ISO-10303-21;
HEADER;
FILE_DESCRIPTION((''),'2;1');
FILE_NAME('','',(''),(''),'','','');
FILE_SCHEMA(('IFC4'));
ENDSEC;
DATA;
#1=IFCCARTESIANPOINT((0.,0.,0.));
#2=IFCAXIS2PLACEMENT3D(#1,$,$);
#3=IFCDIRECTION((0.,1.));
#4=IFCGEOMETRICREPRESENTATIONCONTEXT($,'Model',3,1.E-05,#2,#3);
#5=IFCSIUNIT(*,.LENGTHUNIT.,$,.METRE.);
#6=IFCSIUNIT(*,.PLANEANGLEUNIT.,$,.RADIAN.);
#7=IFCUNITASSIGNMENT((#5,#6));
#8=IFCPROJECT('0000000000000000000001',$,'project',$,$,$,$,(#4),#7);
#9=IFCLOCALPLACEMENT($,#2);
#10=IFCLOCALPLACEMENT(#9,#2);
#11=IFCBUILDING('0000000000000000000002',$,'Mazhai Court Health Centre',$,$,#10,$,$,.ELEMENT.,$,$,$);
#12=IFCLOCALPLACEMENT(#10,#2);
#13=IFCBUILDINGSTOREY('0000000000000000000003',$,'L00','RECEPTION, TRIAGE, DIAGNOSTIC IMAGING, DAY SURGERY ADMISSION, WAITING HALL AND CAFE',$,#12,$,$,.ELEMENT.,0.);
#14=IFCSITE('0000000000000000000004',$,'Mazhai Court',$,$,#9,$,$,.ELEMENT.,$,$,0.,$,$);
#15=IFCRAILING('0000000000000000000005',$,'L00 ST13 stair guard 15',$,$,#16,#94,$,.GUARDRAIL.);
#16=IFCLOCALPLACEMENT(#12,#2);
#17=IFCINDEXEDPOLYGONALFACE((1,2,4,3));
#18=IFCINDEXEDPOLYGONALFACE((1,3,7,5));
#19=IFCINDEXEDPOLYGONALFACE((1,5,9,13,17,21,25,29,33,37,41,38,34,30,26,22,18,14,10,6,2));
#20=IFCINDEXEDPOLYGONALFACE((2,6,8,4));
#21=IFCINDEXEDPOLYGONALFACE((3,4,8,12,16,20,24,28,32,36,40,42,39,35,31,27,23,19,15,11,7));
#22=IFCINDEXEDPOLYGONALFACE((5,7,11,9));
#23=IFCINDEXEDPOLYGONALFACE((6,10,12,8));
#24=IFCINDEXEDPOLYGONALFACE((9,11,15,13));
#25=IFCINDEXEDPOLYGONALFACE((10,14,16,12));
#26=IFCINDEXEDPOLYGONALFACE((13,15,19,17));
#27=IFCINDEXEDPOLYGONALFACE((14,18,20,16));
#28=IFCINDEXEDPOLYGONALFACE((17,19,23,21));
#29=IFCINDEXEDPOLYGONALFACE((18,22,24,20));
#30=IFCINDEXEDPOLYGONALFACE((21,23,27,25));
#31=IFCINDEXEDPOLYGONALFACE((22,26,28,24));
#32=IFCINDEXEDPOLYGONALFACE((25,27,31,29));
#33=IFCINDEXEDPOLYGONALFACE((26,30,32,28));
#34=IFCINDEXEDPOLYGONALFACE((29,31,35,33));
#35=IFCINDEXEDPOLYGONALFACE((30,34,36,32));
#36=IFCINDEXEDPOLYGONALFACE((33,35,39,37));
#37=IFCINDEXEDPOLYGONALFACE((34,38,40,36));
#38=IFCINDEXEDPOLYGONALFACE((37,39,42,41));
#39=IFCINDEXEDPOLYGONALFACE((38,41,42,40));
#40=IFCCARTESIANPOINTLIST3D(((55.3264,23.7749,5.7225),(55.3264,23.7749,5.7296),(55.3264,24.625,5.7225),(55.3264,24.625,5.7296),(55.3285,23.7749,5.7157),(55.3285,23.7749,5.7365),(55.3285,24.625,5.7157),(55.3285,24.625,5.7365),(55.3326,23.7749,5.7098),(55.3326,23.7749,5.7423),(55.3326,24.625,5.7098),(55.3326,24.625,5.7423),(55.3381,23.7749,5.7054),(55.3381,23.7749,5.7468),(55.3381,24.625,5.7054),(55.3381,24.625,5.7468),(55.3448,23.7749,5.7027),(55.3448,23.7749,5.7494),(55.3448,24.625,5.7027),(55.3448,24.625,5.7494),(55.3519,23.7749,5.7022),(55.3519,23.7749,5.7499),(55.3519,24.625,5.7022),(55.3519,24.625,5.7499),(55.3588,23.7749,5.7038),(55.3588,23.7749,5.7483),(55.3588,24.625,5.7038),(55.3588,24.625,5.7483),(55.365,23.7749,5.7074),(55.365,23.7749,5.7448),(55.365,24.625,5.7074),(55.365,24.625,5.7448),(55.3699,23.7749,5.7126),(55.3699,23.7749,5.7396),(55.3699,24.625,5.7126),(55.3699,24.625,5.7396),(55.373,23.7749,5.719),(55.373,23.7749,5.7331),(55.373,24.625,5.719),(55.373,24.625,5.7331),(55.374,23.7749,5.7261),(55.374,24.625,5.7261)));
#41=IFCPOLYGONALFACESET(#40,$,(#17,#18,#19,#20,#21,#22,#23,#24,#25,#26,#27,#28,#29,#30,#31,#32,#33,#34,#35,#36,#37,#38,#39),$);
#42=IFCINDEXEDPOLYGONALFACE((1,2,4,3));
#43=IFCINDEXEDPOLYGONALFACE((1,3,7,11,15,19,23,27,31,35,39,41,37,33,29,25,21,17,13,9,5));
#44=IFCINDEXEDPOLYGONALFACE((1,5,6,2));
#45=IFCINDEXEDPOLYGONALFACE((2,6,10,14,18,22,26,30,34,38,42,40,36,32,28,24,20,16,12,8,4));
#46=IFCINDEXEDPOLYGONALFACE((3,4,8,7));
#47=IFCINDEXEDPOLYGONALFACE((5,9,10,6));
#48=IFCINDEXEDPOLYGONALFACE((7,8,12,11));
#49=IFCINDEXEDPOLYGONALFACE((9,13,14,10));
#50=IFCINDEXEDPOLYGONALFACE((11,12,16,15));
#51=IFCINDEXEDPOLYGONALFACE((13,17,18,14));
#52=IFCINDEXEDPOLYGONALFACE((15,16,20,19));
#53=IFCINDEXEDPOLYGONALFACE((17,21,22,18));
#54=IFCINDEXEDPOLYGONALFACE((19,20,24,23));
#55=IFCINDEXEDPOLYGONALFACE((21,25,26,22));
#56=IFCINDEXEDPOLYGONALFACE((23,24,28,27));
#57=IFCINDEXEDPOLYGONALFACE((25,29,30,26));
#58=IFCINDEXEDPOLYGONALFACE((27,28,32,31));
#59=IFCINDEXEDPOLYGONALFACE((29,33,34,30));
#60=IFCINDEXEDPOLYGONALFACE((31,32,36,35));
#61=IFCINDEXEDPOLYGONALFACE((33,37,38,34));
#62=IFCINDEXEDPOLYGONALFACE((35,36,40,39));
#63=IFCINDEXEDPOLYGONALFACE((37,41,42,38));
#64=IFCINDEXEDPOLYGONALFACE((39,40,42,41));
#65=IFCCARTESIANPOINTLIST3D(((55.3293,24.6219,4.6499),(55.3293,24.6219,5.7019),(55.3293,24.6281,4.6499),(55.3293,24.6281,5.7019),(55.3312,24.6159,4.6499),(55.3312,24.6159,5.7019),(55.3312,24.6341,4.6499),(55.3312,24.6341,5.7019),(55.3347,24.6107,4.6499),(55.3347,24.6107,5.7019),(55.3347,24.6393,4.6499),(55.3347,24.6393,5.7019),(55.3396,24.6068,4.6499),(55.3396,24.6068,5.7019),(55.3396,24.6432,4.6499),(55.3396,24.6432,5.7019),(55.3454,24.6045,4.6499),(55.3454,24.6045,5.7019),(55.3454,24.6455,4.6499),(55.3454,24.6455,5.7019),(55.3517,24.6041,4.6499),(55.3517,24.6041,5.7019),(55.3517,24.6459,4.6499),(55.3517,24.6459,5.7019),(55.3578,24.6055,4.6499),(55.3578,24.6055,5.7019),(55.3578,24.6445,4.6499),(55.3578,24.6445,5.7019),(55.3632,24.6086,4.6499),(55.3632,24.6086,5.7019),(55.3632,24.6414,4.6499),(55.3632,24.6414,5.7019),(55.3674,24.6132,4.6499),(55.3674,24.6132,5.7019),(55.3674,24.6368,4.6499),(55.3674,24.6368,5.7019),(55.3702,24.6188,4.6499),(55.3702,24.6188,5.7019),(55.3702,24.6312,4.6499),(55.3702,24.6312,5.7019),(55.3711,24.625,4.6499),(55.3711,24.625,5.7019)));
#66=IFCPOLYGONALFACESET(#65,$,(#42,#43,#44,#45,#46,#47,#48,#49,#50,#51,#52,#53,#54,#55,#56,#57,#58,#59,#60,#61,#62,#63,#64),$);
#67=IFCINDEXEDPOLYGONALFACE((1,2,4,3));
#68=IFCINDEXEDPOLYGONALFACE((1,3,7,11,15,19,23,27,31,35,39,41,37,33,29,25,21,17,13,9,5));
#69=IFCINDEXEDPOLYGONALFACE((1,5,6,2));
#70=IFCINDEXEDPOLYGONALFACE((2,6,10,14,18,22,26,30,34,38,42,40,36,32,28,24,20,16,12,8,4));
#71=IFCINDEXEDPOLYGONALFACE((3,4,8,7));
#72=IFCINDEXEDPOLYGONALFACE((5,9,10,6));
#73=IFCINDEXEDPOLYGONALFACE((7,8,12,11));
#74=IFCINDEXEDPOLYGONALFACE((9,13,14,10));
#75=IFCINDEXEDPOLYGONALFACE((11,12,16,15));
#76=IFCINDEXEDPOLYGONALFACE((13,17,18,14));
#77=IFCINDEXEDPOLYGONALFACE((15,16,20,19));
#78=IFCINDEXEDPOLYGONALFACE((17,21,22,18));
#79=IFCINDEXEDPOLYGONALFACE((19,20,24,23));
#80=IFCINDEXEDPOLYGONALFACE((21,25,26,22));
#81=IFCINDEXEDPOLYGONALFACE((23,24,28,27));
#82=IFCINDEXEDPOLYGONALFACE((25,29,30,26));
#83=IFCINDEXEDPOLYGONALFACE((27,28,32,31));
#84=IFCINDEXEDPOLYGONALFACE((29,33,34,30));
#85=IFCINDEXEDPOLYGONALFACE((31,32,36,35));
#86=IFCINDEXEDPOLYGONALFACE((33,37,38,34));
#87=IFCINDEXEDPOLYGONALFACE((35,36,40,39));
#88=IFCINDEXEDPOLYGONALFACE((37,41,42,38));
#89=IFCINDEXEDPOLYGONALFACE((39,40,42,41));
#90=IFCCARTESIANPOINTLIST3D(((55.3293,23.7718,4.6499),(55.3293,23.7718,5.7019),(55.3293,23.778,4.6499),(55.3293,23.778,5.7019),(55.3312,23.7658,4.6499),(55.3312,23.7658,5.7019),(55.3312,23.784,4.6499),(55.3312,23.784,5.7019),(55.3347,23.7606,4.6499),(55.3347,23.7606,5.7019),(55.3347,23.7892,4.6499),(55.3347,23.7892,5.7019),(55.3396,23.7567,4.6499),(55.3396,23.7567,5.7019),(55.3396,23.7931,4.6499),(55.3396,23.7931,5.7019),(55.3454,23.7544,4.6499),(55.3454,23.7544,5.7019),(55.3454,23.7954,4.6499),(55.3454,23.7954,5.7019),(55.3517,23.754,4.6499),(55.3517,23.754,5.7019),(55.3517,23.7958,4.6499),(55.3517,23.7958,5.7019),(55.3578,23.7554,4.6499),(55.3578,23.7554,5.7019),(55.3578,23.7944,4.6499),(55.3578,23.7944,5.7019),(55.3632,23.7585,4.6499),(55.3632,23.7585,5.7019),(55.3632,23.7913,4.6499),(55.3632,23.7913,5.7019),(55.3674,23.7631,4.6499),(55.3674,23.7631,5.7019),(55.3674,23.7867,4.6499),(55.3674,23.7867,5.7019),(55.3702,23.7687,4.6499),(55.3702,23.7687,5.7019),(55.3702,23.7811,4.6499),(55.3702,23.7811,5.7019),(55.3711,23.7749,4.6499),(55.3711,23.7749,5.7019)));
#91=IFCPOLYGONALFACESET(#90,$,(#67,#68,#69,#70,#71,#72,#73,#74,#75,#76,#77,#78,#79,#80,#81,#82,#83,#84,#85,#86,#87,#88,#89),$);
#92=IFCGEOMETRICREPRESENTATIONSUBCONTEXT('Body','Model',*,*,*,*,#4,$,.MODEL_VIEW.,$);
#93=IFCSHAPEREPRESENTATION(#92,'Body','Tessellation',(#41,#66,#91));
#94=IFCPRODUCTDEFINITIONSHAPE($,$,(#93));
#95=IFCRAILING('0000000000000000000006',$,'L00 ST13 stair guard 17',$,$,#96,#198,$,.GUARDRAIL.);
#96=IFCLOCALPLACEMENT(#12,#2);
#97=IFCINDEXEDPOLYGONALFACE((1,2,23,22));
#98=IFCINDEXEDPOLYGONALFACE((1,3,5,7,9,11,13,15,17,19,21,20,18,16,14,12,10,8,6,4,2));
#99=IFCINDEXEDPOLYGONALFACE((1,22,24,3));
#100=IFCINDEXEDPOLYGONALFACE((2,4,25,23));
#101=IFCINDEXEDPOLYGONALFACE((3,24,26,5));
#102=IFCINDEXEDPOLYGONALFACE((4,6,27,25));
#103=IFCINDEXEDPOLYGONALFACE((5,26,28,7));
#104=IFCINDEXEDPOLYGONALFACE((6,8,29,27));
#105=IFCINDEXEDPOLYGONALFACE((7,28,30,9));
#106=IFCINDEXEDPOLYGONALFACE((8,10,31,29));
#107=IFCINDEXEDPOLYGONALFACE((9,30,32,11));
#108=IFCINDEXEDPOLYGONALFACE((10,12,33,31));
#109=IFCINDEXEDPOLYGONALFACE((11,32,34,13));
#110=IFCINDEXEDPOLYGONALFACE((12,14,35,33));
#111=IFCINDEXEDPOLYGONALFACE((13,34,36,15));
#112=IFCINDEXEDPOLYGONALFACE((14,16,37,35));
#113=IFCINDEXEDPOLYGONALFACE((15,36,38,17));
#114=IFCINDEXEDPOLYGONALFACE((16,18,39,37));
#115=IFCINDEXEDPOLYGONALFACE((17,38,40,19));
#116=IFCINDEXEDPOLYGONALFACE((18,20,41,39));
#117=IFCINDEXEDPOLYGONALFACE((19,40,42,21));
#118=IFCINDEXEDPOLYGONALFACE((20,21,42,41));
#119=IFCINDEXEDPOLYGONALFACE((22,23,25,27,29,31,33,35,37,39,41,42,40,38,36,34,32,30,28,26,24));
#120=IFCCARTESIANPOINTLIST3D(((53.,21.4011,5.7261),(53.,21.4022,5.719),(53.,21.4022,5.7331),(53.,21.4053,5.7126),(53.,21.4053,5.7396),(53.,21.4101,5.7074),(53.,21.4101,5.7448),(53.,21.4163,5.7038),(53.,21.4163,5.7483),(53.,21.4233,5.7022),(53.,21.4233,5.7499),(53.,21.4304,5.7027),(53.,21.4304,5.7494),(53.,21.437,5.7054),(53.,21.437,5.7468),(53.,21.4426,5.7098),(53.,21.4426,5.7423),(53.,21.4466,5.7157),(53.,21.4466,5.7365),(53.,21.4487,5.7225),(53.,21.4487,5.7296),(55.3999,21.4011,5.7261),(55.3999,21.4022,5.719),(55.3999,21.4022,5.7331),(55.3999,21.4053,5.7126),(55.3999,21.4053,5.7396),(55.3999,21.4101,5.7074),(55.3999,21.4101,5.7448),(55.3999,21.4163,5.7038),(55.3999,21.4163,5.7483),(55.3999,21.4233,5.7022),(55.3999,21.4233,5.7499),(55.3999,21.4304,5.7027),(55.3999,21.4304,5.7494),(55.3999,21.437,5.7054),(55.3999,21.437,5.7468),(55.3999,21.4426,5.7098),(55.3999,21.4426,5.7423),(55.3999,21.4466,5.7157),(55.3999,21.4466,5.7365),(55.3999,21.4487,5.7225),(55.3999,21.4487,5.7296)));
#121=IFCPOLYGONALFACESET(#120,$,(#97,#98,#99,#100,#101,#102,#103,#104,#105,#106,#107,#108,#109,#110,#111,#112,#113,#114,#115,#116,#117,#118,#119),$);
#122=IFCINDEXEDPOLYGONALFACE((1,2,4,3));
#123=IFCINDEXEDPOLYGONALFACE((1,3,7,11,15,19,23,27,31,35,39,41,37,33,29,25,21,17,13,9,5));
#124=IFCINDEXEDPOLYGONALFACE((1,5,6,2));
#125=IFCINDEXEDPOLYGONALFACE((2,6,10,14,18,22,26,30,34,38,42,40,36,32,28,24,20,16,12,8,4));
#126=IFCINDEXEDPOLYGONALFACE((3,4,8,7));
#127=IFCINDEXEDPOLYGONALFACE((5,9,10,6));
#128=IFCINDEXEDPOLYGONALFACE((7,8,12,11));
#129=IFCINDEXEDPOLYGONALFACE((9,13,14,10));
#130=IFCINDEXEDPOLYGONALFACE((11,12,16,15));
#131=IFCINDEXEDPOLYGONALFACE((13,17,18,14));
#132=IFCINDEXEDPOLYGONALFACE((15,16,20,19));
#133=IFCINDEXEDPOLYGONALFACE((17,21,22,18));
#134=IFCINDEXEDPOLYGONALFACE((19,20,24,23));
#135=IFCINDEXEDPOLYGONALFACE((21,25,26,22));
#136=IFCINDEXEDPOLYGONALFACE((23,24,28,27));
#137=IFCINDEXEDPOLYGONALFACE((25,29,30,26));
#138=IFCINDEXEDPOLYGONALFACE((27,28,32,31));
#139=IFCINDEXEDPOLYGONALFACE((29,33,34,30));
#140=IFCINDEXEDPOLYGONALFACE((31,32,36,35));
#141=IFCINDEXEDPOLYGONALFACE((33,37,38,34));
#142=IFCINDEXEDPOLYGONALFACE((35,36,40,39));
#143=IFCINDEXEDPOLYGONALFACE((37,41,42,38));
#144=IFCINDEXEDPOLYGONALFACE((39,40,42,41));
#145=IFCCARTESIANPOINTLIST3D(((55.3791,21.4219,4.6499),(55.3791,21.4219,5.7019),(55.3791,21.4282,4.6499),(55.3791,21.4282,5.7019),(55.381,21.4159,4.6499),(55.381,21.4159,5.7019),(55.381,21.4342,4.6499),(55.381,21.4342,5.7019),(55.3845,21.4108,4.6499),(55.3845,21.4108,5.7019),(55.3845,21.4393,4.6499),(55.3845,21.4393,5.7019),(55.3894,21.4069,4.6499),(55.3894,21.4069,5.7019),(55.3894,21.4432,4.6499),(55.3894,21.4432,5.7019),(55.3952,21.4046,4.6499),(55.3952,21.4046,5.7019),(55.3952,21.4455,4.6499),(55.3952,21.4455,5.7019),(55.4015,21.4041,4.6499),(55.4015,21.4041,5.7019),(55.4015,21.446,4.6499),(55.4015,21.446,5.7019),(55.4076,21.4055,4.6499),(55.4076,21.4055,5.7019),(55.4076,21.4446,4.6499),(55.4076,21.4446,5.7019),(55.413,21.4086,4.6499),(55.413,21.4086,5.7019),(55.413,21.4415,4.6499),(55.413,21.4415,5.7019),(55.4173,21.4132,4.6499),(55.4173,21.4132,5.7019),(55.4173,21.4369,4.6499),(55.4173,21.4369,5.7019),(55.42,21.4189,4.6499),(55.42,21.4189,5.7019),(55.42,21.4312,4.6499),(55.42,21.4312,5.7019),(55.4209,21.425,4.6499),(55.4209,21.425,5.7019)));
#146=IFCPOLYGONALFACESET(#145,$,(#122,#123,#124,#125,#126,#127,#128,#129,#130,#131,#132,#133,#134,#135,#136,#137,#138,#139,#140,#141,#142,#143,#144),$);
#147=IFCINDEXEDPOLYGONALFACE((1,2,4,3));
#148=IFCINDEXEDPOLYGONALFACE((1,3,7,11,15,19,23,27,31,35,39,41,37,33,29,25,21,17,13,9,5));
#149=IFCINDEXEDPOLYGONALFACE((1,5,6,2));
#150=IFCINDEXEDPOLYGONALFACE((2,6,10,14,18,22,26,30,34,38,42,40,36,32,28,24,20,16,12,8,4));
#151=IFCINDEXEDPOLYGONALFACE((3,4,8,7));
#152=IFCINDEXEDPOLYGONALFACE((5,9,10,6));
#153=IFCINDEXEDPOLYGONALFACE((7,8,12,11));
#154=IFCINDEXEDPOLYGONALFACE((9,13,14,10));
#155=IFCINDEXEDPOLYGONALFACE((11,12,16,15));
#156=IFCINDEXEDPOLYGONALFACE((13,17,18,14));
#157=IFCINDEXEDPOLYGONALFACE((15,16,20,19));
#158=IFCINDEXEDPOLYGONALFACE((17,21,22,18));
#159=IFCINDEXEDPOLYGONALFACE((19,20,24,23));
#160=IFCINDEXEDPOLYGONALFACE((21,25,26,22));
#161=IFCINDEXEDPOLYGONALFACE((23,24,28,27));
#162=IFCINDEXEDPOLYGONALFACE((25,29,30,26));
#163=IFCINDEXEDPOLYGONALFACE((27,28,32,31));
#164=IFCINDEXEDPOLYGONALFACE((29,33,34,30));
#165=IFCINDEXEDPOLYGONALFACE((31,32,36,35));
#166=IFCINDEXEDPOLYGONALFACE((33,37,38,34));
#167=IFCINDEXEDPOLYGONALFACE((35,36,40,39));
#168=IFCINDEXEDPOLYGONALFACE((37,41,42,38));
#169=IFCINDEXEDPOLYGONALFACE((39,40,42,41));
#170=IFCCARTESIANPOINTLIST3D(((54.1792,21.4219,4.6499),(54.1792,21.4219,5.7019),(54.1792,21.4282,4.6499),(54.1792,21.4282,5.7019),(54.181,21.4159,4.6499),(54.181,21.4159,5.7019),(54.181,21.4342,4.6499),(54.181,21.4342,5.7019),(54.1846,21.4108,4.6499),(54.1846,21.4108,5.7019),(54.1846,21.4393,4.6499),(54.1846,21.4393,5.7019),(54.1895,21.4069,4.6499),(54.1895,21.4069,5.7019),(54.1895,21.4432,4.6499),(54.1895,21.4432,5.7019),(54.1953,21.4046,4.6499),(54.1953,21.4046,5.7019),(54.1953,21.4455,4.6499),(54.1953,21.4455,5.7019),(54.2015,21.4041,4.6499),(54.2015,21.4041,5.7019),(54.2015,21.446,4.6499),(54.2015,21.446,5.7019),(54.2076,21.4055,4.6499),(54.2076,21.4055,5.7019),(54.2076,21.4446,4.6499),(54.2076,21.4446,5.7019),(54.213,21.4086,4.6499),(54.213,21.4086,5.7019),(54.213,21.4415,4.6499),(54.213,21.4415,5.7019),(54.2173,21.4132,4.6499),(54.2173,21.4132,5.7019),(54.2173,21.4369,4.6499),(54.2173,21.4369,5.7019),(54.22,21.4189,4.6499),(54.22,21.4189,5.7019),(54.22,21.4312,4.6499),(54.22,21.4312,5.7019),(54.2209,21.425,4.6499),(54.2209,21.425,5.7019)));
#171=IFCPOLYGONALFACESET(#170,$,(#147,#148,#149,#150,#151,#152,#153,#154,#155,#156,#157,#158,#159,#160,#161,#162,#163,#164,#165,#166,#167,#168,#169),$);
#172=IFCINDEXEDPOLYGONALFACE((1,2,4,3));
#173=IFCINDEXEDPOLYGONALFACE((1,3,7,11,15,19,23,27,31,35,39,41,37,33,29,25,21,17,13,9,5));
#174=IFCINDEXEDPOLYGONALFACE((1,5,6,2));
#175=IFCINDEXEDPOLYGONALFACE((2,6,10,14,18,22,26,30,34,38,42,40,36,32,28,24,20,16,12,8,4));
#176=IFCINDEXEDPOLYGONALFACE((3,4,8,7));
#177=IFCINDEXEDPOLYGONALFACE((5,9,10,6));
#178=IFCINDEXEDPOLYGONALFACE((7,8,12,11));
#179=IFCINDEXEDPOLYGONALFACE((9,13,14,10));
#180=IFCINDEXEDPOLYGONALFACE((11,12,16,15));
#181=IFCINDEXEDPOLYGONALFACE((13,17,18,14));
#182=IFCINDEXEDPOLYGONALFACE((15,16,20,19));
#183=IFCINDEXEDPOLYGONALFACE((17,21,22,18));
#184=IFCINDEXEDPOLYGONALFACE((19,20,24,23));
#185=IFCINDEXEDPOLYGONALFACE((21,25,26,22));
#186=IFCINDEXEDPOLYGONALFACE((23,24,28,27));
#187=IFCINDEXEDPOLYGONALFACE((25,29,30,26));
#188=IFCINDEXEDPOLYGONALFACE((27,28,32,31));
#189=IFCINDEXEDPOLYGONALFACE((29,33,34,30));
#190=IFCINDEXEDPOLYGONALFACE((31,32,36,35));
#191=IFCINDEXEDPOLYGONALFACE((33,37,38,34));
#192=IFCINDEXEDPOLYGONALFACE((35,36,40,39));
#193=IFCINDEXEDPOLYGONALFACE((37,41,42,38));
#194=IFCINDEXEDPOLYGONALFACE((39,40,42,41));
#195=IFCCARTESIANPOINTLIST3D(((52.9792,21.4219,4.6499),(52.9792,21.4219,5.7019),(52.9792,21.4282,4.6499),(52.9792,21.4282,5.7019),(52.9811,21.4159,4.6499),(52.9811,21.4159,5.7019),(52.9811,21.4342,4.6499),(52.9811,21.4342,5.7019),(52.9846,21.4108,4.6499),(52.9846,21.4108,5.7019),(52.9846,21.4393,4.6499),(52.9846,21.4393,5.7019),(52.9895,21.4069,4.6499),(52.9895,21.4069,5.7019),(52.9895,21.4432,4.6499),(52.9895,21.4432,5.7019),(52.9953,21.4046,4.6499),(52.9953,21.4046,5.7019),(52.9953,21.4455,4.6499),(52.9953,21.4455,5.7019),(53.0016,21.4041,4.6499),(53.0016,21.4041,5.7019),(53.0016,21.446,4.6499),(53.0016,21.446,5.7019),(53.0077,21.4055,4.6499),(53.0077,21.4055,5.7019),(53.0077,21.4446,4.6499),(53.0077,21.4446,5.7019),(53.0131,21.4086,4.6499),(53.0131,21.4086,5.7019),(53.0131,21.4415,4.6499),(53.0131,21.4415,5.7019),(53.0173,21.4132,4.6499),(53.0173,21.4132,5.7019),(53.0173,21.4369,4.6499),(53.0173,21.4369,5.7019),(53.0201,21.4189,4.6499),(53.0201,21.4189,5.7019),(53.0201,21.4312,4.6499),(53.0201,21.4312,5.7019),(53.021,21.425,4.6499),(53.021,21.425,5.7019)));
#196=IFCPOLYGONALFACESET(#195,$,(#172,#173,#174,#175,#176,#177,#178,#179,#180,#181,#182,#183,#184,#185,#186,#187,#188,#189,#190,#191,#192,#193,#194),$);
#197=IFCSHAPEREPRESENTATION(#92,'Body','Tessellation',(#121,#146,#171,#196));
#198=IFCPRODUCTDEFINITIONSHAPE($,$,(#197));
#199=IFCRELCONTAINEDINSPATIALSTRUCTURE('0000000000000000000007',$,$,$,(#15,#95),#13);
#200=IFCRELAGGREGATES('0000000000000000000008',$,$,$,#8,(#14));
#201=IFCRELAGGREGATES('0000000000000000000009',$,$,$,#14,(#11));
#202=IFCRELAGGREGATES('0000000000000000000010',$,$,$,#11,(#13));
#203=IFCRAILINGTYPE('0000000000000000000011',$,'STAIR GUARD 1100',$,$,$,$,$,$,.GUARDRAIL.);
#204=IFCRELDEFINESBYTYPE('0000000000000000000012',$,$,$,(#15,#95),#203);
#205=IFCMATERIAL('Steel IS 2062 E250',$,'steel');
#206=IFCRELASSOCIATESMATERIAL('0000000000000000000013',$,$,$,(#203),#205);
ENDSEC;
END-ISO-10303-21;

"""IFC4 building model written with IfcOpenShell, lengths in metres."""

from ifc_helpers import new_model, si_unit, direction, frame, origin, origin_2d, place, context, subcontext, project, spatial, circle, extrude, material, type_object, element, save


model = new_model("IFC4")

# Units and contexts
model_context = context("Model", 3, precision=1e-05, world=origin(), true_north=direction((0.0, 1.0)))
body_context = subcontext(model_context, "Body", "Model", "MODEL_VIEW")
ifc_project = project(units=[si_unit("LENGTHUNIT", "METRE"), si_unit("PLANEANGLEUNIT", "RADIAN")], contexts=[model_context])

# Site, building, storey
site_placement = place(None, origin())
site = spatial("IfcSite", under=ifc_project, at=site_placement, Name="Mazhai Court", CompositionType="ELEMENT", RefElevation=0.0)
building_placement = place(site_placement, origin())
building = spatial("IfcBuilding", under=site, at=building_placement, Name="Mazhai Court Health Centre", CompositionType="ELEMENT")
storey_placement = place(building_placement, origin())
storey = spatial("IfcBuildingStorey", under=building, at=storey_placement, Name="L00", Description="RECEPTION, TRIAGE, DIAGNOSTIC IMAGING, DAY SURGERY ADMISSION, WAITING HALL AND CAFE", CompositionType="ELEMENT", Elevation=0.0)

# Railings
ifc_material_1 = material(Name="Steel IS 2062 E250", Category="steel")
railing_type_1 = type_object("IfcRailingType", Name="STAIR GUARD 1100", PredefinedType="GUARDRAIL", material=ifc_material_1)
railing_1_placement = place(storey_placement, frame((55.3501, 24.625, 4.6499)))
element("IfcRailing", 1, at=railing_1_placement, inside=storey, type_object=railing_type_1, Name="L00 ST13 stair guard 15", PredefinedType="GUARDRAIL", context=body_context, shape_type="SweptSolid", body=[
    extrude(circle(Radius=0.0239, at=origin_2d()), frame((0.0, 0.0, 1.0762), z_axis=(0.0, -1.0, 0.0), x_axis=(1.0, 0.0, 0.0)), (0.0, 0.0, 1.0), 0.8501),
    extrude(circle(Radius=0.021, at=origin_2d()), origin(), (0.0, 0.0, 1.0), 1.052),
    extrude(circle(Radius=0.021, at=origin_2d()), frame((0.0, -0.8501, 0.0)), (0.0, 0.0, 1.0), 1.052),
])
railing_2_placement = place(storey_placement, frame((55.3999, 21.425, 4.6499)))
element("IfcRailing", 2, at=railing_2_placement, inside=storey, type_object=railing_type_1, Name="L00 ST13 stair guard 17", PredefinedType="GUARDRAIL", context=body_context, shape_type="SweptSolid", body=[
    extrude(circle(Radius=0.0239, at=origin_2d()), frame((0.0, 0.0, 1.0762), z_axis=(-1.0, 0.0, 0.0), x_axis=(0.0, -1.0, 0.0)), (0.0, 0.0, 1.0), 2.3999),
    extrude(circle(Radius=0.021, at=origin_2d()), origin(), (0.0, 0.0, 1.0), 1.052),
    extrude(circle(Radius=0.021, at=origin_2d()), frame((-1.2, 0.0, 0.0)), (0.0, 0.0, 1.0), 1.052),
    extrude(circle(Radius=0.021, at=origin_2d()), frame((-2.3999, 0.0, 0.0)), (0.0, 0.0, 1.0), 1.052),
])

save(model, "model.ifc")
